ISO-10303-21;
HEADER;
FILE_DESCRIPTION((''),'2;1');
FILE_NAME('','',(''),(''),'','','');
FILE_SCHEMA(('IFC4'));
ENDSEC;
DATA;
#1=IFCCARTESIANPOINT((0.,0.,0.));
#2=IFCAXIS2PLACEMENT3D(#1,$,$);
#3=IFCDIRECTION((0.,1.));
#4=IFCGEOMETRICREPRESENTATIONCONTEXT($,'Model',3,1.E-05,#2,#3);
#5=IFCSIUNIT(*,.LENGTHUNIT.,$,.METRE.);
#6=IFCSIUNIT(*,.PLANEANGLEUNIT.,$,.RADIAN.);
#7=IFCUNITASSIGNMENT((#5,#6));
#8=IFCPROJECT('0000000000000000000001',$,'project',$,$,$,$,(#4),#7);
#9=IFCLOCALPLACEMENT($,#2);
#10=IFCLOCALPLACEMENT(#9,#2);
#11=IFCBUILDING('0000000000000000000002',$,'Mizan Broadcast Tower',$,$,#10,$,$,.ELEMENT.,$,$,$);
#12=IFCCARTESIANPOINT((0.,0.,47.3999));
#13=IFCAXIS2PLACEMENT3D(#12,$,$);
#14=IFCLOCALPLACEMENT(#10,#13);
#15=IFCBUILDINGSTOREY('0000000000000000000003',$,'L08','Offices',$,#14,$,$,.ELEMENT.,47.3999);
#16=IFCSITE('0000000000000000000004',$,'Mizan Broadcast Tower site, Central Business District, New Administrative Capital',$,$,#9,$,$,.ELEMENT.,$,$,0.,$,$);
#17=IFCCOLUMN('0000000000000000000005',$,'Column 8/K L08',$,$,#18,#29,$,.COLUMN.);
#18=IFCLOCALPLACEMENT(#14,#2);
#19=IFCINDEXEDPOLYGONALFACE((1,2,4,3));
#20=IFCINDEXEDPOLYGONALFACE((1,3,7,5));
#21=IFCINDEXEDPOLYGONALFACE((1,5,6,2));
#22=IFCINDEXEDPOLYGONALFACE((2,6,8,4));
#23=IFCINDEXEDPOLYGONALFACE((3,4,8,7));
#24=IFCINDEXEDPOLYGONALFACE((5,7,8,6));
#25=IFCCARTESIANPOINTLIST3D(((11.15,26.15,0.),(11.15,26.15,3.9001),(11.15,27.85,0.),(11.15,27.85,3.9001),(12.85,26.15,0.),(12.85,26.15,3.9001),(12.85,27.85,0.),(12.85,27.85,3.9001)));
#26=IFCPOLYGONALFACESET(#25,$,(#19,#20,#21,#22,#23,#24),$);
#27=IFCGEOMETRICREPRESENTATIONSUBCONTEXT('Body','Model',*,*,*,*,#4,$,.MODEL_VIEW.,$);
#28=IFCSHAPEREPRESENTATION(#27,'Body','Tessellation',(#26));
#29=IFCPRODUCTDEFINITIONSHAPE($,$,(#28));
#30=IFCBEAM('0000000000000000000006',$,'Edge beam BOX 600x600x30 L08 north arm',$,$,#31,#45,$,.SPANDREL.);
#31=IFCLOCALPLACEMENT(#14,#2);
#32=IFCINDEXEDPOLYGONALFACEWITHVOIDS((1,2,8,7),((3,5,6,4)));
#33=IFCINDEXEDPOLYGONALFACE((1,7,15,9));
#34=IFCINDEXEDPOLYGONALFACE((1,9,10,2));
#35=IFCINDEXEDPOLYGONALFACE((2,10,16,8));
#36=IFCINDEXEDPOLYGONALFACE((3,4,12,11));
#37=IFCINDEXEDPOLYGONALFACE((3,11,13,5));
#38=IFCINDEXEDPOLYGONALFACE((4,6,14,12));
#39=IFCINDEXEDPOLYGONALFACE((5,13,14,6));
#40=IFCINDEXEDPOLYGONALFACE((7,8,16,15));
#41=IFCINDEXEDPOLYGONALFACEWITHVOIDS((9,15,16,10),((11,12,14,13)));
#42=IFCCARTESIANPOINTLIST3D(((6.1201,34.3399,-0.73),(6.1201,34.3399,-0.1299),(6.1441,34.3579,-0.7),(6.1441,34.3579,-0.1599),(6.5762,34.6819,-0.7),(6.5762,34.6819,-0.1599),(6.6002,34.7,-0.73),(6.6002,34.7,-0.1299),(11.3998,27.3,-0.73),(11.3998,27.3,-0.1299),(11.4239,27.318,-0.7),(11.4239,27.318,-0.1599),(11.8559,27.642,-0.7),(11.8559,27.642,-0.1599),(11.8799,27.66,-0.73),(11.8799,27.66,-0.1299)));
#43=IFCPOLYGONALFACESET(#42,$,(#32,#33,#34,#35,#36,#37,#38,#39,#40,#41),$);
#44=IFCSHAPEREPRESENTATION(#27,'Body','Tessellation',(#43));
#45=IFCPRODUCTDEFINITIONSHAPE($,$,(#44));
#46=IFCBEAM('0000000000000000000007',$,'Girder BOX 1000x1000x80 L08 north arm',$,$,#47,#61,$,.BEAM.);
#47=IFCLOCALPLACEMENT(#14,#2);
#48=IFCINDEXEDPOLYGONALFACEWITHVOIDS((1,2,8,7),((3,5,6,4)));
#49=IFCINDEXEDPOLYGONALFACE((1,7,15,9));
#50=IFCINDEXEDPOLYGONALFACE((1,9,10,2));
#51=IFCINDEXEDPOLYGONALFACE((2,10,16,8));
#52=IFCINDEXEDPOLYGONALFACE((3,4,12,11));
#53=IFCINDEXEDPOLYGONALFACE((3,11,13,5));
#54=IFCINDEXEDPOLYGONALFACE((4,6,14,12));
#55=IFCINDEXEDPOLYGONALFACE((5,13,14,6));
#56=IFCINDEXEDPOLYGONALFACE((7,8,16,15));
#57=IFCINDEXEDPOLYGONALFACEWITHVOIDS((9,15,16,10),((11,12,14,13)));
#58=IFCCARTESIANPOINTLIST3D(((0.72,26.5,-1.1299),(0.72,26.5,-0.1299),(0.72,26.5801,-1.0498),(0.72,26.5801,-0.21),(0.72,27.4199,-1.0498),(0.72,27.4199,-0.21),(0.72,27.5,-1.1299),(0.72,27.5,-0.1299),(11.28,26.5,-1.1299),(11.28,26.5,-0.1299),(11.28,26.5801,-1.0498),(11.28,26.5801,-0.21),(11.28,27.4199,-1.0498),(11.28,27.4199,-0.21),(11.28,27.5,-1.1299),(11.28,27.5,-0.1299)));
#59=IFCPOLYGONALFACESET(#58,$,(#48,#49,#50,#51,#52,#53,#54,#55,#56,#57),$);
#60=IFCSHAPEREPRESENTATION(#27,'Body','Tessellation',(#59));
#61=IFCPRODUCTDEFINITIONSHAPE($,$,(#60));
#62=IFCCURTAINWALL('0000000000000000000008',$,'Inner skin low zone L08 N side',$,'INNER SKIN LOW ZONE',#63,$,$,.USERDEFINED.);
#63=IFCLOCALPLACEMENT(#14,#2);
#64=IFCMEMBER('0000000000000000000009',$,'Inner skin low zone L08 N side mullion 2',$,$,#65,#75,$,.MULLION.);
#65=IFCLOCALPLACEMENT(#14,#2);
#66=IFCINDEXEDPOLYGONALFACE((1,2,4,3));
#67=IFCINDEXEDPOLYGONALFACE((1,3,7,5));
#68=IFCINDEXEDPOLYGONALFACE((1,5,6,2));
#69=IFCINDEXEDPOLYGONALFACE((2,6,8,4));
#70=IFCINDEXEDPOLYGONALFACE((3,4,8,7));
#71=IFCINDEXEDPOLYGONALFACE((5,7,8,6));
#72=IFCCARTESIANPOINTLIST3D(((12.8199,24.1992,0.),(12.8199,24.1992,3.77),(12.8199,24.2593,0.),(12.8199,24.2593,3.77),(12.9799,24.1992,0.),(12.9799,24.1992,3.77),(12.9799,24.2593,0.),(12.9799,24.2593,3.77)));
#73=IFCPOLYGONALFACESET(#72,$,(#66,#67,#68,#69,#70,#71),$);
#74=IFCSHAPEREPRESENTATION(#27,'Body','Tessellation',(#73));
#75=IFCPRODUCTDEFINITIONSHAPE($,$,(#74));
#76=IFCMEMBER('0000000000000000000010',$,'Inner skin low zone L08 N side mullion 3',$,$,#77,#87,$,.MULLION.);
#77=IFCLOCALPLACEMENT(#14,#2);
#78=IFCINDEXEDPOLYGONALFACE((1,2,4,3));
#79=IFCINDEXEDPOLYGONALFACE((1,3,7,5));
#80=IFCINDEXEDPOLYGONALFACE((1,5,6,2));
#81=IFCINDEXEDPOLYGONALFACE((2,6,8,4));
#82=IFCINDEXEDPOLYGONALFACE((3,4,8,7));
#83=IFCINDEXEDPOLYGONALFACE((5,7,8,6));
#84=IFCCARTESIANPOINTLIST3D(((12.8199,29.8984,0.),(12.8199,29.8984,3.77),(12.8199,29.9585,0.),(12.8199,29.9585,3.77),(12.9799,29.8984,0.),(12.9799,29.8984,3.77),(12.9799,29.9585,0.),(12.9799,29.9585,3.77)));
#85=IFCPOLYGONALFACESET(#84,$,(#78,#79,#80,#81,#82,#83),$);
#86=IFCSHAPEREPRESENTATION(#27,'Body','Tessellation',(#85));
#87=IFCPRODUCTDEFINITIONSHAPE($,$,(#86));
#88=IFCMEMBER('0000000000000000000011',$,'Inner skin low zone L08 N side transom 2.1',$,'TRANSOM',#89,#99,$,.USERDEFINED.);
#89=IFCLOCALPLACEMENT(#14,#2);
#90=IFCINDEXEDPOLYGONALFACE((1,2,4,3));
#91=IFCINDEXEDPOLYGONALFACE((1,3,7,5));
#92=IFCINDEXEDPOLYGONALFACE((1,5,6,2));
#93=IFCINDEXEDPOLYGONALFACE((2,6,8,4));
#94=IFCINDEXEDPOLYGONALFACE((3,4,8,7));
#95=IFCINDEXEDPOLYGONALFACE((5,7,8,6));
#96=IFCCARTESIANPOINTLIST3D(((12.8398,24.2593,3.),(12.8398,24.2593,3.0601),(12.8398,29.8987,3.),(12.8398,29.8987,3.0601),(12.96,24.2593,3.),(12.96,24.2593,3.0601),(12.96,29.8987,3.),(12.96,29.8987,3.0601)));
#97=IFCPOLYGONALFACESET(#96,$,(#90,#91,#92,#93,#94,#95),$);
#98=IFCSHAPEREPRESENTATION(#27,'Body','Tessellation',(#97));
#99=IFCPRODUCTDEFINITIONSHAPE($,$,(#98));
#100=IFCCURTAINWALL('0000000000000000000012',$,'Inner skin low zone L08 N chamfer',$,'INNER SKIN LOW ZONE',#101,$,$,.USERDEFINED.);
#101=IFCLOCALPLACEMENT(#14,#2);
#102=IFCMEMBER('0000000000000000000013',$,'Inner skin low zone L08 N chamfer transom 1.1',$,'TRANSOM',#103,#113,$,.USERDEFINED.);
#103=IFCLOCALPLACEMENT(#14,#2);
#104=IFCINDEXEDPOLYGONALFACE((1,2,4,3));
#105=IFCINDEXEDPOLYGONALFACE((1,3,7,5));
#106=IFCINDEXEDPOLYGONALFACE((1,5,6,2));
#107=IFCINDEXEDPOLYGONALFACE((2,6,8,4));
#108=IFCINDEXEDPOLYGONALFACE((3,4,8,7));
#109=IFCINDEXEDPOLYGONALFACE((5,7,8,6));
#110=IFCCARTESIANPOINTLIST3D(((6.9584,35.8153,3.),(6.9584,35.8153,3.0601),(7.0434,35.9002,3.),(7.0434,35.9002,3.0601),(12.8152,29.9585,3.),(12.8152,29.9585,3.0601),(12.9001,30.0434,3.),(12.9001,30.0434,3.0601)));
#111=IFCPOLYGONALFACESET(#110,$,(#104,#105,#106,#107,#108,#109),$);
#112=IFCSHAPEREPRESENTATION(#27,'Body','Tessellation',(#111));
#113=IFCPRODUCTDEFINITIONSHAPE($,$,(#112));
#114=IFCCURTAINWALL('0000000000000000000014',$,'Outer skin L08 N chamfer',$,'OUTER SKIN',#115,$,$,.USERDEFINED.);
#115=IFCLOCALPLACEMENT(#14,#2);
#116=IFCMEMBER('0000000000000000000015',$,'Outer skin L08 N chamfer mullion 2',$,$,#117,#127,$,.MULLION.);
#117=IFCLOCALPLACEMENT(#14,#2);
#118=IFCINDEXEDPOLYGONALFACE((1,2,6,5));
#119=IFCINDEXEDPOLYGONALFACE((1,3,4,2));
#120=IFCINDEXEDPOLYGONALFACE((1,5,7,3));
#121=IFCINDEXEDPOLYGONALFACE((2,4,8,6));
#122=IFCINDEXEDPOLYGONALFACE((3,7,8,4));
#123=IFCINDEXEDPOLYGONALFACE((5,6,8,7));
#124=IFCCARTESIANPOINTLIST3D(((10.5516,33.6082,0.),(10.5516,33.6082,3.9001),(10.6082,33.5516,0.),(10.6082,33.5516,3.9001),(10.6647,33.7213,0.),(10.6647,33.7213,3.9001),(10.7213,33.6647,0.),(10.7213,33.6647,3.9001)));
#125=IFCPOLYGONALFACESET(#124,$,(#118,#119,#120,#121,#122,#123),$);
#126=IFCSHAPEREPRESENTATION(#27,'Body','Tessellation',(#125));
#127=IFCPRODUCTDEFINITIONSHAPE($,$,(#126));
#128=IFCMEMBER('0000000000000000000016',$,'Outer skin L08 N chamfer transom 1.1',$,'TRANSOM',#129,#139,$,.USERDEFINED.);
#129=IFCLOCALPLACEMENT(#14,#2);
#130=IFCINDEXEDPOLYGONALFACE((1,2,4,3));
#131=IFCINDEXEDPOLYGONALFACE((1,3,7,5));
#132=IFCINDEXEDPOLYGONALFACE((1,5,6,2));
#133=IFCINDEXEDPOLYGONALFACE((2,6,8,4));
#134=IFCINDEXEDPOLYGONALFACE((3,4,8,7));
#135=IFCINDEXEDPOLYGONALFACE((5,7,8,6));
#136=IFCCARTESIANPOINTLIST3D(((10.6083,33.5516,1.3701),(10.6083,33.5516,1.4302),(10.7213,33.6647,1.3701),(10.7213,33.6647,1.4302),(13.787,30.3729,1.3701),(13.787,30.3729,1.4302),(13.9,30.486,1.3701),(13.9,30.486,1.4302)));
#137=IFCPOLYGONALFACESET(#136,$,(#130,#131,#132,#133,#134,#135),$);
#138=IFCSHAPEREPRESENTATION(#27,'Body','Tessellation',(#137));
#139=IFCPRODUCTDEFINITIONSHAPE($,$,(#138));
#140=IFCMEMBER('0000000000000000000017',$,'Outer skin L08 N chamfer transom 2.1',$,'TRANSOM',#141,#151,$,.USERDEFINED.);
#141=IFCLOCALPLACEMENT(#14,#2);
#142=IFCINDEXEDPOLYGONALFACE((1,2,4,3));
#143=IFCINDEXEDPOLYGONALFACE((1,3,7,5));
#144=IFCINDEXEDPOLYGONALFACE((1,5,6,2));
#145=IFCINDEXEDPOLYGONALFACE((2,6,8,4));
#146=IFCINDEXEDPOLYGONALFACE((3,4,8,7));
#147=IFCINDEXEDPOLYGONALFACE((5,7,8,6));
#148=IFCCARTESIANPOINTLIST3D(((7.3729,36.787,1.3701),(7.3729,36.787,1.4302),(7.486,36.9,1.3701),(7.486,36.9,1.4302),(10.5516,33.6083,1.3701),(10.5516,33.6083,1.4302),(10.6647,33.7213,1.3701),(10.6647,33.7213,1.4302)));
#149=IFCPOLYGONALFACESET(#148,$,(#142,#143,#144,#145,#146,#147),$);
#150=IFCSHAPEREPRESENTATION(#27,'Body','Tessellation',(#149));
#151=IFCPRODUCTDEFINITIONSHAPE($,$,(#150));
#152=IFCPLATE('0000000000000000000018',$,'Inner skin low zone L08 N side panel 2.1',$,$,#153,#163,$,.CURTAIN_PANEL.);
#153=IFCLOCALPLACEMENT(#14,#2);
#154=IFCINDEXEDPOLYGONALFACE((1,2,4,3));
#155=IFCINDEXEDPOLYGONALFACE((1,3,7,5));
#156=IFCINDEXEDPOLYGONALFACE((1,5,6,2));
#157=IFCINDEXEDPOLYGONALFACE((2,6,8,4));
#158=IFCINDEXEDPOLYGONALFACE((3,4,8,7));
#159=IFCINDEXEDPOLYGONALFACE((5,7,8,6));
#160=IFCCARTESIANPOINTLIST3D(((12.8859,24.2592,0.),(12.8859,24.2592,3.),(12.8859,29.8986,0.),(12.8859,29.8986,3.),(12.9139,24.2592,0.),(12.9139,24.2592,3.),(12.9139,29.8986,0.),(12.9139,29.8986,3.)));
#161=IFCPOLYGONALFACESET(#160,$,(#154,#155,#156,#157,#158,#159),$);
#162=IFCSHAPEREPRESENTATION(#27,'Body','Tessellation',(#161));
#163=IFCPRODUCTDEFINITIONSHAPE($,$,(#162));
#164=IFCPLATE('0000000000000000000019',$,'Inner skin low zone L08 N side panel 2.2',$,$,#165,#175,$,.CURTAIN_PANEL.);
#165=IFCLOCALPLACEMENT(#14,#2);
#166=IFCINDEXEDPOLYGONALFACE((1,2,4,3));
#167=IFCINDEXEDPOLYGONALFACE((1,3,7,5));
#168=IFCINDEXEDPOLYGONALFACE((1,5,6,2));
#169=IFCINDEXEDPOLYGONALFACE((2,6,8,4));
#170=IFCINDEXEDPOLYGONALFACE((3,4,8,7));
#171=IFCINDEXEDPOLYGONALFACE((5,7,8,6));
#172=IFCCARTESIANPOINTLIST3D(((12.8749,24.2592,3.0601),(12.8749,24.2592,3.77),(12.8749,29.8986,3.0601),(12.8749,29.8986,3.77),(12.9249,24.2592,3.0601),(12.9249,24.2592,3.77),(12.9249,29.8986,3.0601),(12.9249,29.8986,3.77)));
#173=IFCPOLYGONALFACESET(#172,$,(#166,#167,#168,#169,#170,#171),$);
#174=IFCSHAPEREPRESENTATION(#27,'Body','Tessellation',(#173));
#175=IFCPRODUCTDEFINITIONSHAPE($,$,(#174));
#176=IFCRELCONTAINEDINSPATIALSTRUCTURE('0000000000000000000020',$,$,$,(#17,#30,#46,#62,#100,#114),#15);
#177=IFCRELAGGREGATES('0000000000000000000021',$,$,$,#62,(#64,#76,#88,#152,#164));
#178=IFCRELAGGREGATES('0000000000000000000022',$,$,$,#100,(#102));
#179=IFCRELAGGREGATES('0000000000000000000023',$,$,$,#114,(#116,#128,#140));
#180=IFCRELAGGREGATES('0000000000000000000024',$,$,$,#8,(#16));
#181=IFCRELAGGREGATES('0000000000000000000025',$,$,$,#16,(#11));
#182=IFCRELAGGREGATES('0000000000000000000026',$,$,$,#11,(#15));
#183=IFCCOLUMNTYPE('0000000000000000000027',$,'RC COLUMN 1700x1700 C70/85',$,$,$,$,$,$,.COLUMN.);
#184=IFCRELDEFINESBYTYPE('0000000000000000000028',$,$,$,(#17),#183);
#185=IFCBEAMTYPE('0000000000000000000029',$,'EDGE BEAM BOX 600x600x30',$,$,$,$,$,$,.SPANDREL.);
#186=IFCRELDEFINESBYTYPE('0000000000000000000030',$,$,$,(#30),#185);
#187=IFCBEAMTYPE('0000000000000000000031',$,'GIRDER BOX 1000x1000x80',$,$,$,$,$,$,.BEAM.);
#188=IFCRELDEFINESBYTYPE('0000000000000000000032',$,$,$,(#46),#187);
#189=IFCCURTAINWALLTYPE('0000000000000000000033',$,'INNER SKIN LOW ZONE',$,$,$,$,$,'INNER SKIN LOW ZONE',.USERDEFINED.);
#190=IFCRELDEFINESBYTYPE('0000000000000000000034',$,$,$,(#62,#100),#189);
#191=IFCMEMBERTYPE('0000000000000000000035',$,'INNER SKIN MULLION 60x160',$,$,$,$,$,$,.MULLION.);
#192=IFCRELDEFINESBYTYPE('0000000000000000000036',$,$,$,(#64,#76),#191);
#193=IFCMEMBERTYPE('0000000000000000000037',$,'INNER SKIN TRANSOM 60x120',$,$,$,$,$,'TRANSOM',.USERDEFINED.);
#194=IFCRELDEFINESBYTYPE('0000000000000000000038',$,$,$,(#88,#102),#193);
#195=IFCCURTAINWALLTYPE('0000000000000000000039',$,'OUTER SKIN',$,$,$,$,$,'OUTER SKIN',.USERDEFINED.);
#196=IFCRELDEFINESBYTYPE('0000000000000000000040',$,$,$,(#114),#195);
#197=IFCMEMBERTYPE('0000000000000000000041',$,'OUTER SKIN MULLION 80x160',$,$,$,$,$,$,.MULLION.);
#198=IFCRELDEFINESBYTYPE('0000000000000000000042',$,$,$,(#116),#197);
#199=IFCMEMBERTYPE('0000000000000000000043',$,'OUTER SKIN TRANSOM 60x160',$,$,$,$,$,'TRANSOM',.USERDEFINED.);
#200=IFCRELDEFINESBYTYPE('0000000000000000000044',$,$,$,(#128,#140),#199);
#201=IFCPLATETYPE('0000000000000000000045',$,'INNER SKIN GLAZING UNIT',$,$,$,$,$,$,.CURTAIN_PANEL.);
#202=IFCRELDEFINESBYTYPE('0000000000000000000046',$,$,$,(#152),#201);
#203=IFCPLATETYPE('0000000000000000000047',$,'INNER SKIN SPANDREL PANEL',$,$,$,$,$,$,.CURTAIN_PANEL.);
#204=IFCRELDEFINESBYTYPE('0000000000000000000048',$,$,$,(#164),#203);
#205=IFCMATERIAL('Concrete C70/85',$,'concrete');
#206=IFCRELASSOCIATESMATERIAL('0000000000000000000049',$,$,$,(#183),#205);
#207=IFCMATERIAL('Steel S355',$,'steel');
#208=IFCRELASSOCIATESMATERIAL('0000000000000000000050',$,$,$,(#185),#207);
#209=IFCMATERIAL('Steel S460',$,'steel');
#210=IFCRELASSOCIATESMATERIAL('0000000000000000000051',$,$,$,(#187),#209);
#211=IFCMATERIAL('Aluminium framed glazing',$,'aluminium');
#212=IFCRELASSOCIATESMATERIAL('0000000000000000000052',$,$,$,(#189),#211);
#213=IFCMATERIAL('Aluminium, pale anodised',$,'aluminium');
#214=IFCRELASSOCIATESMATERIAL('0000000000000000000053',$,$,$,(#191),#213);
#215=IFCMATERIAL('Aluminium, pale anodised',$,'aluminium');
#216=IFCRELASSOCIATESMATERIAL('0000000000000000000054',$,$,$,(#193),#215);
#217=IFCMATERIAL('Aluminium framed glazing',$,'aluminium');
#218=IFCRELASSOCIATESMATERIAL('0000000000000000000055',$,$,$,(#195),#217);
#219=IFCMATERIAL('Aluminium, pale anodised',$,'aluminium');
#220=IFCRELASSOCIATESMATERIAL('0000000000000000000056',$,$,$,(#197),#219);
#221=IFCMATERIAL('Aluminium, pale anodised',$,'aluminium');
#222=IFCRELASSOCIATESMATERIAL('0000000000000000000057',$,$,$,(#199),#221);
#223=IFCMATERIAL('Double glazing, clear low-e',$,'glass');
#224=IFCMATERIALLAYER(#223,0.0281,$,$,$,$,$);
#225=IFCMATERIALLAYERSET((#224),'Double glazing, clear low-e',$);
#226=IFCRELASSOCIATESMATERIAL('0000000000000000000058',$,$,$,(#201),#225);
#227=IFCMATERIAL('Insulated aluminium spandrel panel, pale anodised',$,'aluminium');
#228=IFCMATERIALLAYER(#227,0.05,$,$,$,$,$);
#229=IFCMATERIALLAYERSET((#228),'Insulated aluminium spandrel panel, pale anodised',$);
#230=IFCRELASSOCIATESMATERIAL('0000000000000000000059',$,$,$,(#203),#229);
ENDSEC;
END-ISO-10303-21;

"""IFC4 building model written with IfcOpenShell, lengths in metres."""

from ifc_helpers import new_model, si_unit, direction, frame, origin, origin_2d, place, context, subcontext, project, spatial, rectangle, hollow_rectangle, extrude, material, layer, layer_set, material_profile, profile_set, type_object, element, aggregate, save


model = new_model("IFC4")

# Units and contexts
model_context = context("Model", 3, precision=1e-05, world=origin(), true_north=direction((0.0, 1.0)))
body_context = subcontext(model_context, "Body", "Model", "MODEL_VIEW")
ifc_project = project(units=[si_unit("LENGTHUNIT", "METRE"), si_unit("PLANEANGLEUNIT", "RADIAN")], contexts=[model_context])

# Site, building, storey
site_placement = place(None, origin())
site = spatial("IfcSite", under=ifc_project, at=site_placement, Name="Mizan Broadcast Tower site, Central Business District, New Administrative Capital", CompositionType="ELEMENT", RefElevation=0.0)
building_placement = place(site_placement, origin())
building = spatial("IfcBuilding", under=site, at=building_placement, Name="Mizan Broadcast Tower", CompositionType="ELEMENT")
storey_placement = place(building_placement, frame((0.0, 0.0, 47.3999)))
storey = spatial("IfcBuildingStorey", under=building, at=storey_placement, Name="L08", Description="Offices", CompositionType="ELEMENT", Elevation=47.3999)

# Column
ifc_material_1 = material(Name="Concrete C70/85", Category="concrete")
ifc_material_profile_1 = material_profile(ifc_material_1, rectangle(XDim=1.7, YDim=1.7, at=origin_2d()), Name="RC 1700x1700")
ifc_profile_set_1 = profile_set([ifc_material_profile_1], Name="Concrete C70/85")
column_type = type_object("IfcColumnType", Name="RC COLUMN 1700x1700 C70/85", PredefinedType="COLUMN", material=ifc_profile_set_1)
column_placement = place(storey_placement, frame((12.0, 27.0, 0.0), z_axis=(0.0, 0.0, 1.0), x_axis=(1.0, 0.0, 0.0)))
element("IfcColumn", 1, at=column_placement, inside=storey, type_object=column_type, Name="Column 8/K L08", PredefinedType="COLUMN", context=body_context, shape_type="SweptSolid", body=[
    extrude(rectangle(XDim=1.7, YDim=1.7, at=origin_2d()), origin(), (0.0, 0.0, 1.0), 3.9001),
])

# Beams
ifc_material_2 = material(Name="Steel S355", Category="steel")
ifc_material_profile_2 = material_profile(ifc_material_2, hollow_rectangle(XDim=0.6001, YDim=0.6001, WallThickness=0.03, at=origin_2d()), Name="BOX 600x600x30")
ifc_profile_set_2 = profile_set([ifc_material_profile_2], Name="Steel S355")
beam_type_1 = type_object("IfcBeamType", Name="EDGE BEAM BOX 600x600x30", PredefinedType="SPANDREL", material=ifc_profile_set_2)
beam_1_placement = place(storey_placement, frame((11.6399, 27.48, -0.4299), z_axis=(-0.599982, 0.800013, 0.0), x_axis=(-0.800013, -0.599982, 0.0)))
element("IfcBeam", 2, at=beam_1_placement, inside=storey, type_object=beam_type_1, Name="Edge beam BOX 600x600x30 L08 north arm", PredefinedType="SPANDREL", context=body_context, shape_type="SweptSolid", body=[
    extrude(hollow_rectangle(XDim=0.6001, YDim=0.6001, WallThickness=0.03, at=origin_2d()), origin(), (0.0, 0.0, 1.0), 8.7998),
])
ifc_material_3 = material(Name="Steel S460", Category="steel")
ifc_material_profile_3 = material_profile(ifc_material_3, hollow_rectangle(XDim=1.0, YDim=1.0, WallThickness=0.0801, at=origin_2d()), Name="BOX 1000x1000x80")
ifc_profile_set_3 = profile_set([ifc_material_profile_3], Name="Steel S460")
beam_type_2 = type_object("IfcBeamType", Name="GIRDER BOX 1000x1000x80", PredefinedType="BEAM", material=ifc_profile_set_3)
beam_2_placement = place(storey_placement, frame((11.28, 27.0, -0.6299), z_axis=(-1.0, 0.0, 0.0), x_axis=(0.0, -1.0, 0.0)))
element("IfcBeam", 3, at=beam_2_placement, inside=storey, type_object=beam_type_2, Name="Girder BOX 1000x1000x80 L08 north arm", PredefinedType="BEAM", context=body_context, shape_type="SweptSolid", body=[
    extrude(hollow_rectangle(XDim=1.0, YDim=1.0, WallThickness=0.0801, at=origin_2d()), origin(), (0.0, 0.0, 1.0), 10.5601),
])

# Curtain wall, members
ifc_material_4 = material(Name="Aluminium framed glazing", Category="aluminium")
curtain_wall_type_1 = type_object("IfcCurtainWallType", Name="INNER SKIN LOW ZONE", ElementType="INNER SKIN LOW ZONE", PredefinedType="USERDEFINED", material=ifc_material_4)
curtain_wall_1_placement = place(storey_placement, origin())
curtain_wall_1 = element("IfcCurtainWall", 4, at=curtain_wall_1_placement, inside=storey, type_object=curtain_wall_type_1, Name="Inner skin low zone L08 N side", ObjectType="INNER SKIN LOW ZONE", PredefinedType="USERDEFINED")
ifc_material_5 = material(Name="Aluminium, pale anodised", Category="aluminium")
ifc_material_profile_4 = material_profile(ifc_material_5, rectangle(XDim=0.1599, YDim=0.0601, at=origin_2d()), Name="MULLION 160x60")
ifc_profile_set_4 = profile_set([ifc_material_profile_4], Name="Aluminium, pale anodised")
member_type_1 = type_object("IfcMemberType", Name="INNER SKIN MULLION 60x160", PredefinedType="MULLION", material=ifc_profile_set_4)
member_1_placement = place(storey_placement, frame((12.8999, 24.2292, 0.0), z_axis=(0.0, 0.0, 1.0), x_axis=(-1.0, 0.0, 0.0)))
member_1 = element("IfcMember", 5, at=member_1_placement, type_object=member_type_1, Name="Inner skin low zone L08 N side mullion 2", PredefinedType="MULLION", context=body_context, shape_type="SweptSolid", body=[
    extrude(rectangle(XDim=0.1599, YDim=0.0601, at=origin_2d()), origin(), (0.0, 0.0, 1.0), 3.77),
])
member_2_placement = place(storey_placement, frame((12.8999, 29.9285, 0.0), z_axis=(0.0, 0.0, 1.0), x_axis=(-1.0, 0.0, 0.0)))
member_2 = element("IfcMember", 6, at=member_2_placement, type_object=member_type_1, Name="Inner skin low zone L08 N side mullion 3", PredefinedType="MULLION", context=body_context, shape_type="SweptSolid", body=[
    extrude(rectangle(XDim=0.1599, YDim=0.0601, at=origin_2d()), origin(), (0.0, 0.0, 1.0), 3.77),
])
ifc_material_6 = material(Name="Aluminium, pale anodised", Category="aluminium")
ifc_material_profile_5 = material_profile(ifc_material_6, rectangle(XDim=0.1201, YDim=0.0601, at=origin_2d()), Name="TRANSOM 120x60")
ifc_profile_set_5 = profile_set([ifc_material_profile_5], Name="Aluminium, pale anodised")
member_type_2 = type_object("IfcMemberType", Name="INNER SKIN TRANSOM 60x120", ElementType="TRANSOM", PredefinedType="USERDEFINED", material=ifc_profile_set_5)
member_3_placement = place(storey_placement, frame((12.8999, 24.2593, 3.03), z_axis=(0.0, 1.0, 0.0), x_axis=(-1.0, 0.0, 0.0)))
member_3 = element("IfcMember", 7, at=member_3_placement, type_object=member_type_2, Name="Inner skin low zone L08 N side transom 2.1", ObjectType="TRANSOM", PredefinedType="USERDEFINED", context=body_context, shape_type="SweptSolid", body=[
    extrude(rectangle(XDim=0.1201, YDim=0.0601, at=origin_2d()), origin(), (0.0, 0.0, 1.0), 5.6394),
])

# Curtain wall, member
curtain_wall_2_placement = place(storey_placement, origin())
curtain_wall_2 = element("IfcCurtainWall", 8, at=curtain_wall_2_placement, inside=storey, type_object=curtain_wall_type_1, Name="Inner skin low zone L08 N chamfer", ObjectType="INNER SKIN LOW ZONE", PredefinedType="USERDEFINED")
member_4_placement = place(storey_placement, frame((12.8577, 30.001, 3.03), z_axis=(-0.707107, 0.707107, 0.0), x_axis=(-0.707107, -0.707107, 0.0)))
member_4 = element("IfcMember", 9, at=member_4_placement, type_object=member_type_2, Name="Inner skin low zone L08 N chamfer transom 1.1", ObjectType="TRANSOM", PredefinedType="USERDEFINED", context=body_context, shape_type="SweptSolid", body=[
    extrude(rectangle(XDim=0.1201, YDim=0.0601, at=origin_2d()), origin(), (0.0, 0.0, 1.0), 8.2827),
])

# Curtain wall, members
ifc_material_7 = material(Name="Aluminium framed glazing", Category="aluminium")
curtain_wall_type_2 = type_object("IfcCurtainWallType", Name="OUTER SKIN", ElementType="OUTER SKIN", PredefinedType="USERDEFINED", material=ifc_material_7)
curtain_wall_3_placement = place(storey_placement, origin())
curtain_wall_3 = element("IfcCurtainWall", 10, at=curtain_wall_3_placement, inside=storey, type_object=curtain_wall_type_2, Name="Outer skin L08 N chamfer", ObjectType="OUTER SKIN", PredefinedType="USERDEFINED")
ifc_material_8 = material(Name="Aluminium, pale anodised", Category="aluminium")
ifc_material_profile_6 = material_profile(ifc_material_8, rectangle(XDim=0.1599, YDim=0.0801, at=origin_2d()), Name="MULLION 160x80")
ifc_profile_set_6 = profile_set([ifc_material_profile_6], Name="Aluminium, pale anodised")
member_type_3 = type_object("IfcMemberType", Name="OUTER SKIN MULLION 80x160", PredefinedType="MULLION", material=ifc_profile_set_6)
member_5_placement = place(storey_placement, frame((10.6365, 33.6365, 0.0), z_axis=(0.0, 0.0, 1.0), x_axis=(-0.707107, -0.707107, 0.0)))
member_5 = element("IfcMember", 11, at=member_5_placement, type_object=member_type_3, Name="Outer skin L08 N chamfer mullion 2", PredefinedType="MULLION", context=body_context, shape_type="SweptSolid", body=[
    extrude(rectangle(XDim=0.1599, YDim=0.0801, at=origin_2d()), origin(), (0.0, 0.0, 1.0), 3.9001),
])
ifc_material_9 = material(Name="Aluminium, pale anodised", Category="aluminium")
ifc_material_profile_7 = material_profile(ifc_material_9, rectangle(XDim=0.1599, YDim=0.0601, at=origin_2d()), Name="TRANSOM 160x60")
ifc_profile_set_7 = profile_set([ifc_material_profile_7], Name="Aluminium, pale anodised")
member_type_4 = type_object("IfcMemberType", Name="OUTER SKIN TRANSOM 60x160", ElementType="TRANSOM", PredefinedType="USERDEFINED", material=ifc_profile_set_7)
member_6_placement = place(storey_placement, frame((13.8435, 30.4294, 1.4001), z_axis=(-0.707107, 0.707107, 0.0), x_axis=(-0.707107, -0.707107, 0.0)))
member_6 = element("IfcMember", 12, at=member_6_placement, type_object=member_type_4, Name="Outer skin L08 N chamfer transom 1.1", ObjectType="TRANSOM", PredefinedType="USERDEFINED", context=body_context, shape_type="SweptSolid", body=[
    extrude(rectangle(XDim=0.1599, YDim=0.0601, at=origin_2d()), origin(), (0.0, 0.0, 1.0), 4.4954),
])
member_7_placement = place(storey_placement, frame((10.6082, 33.6648, 1.4001), z_axis=(-0.707107, 0.707107, 0.0), x_axis=(-0.707107, -0.707107, 0.0)))
member_7 = element("IfcMember", 13, at=member_7_placement, type_object=member_type_4, Name="Outer skin L08 N chamfer transom 2.1", ObjectType="TRANSOM", PredefinedType="USERDEFINED", context=body_context, shape_type="SweptSolid", body=[
    extrude(rectangle(XDim=0.1599, YDim=0.0601, at=origin_2d()), origin(), (0.0, 0.0, 1.0), 4.4954),
])

# Plates
ifc_material_10 = material(Name="Double glazing, clear low-e", Category="glass")
ifc_layer_1 = layer(ifc_material_10, 0.0281)
ifc_layer_set_1 = layer_set([ifc_layer_1], Name="Double glazing, clear low-e")
plate_type_1 = type_object("IfcPlateType", Name="INNER SKIN GLAZING UNIT", PredefinedType="CURTAIN_PANEL", material=ifc_layer_set_1)
plate_1_placement = place(storey_placement, frame((12.8999, 27.0789, 0.0), z_axis=(0.0, 0.0, 1.0), x_axis=(0.0, 1.0, 0.0)))
plate_1 = element("IfcPlate", 14, at=plate_1_placement, type_object=plate_type_1, Name="Inner skin low zone L08 N side panel 2.1", PredefinedType="CURTAIN_PANEL", context=body_context, shape_type="SweptSolid", body=[
    extrude(rectangle(XDim=5.6394, YDim=0.0281, at=origin_2d()), origin(), (0.0, 0.0, 1.0), 3.0),
])
ifc_material_11 = material(Name="Insulated aluminium spandrel panel, pale anodised", Category="aluminium")
ifc_layer_2 = layer(ifc_material_11, 0.05)
ifc_layer_set_2 = layer_set([ifc_layer_2], Name="Insulated aluminium spandrel panel, pale anodised")
plate_type_2 = type_object("IfcPlateType", Name="INNER SKIN SPANDREL PANEL", PredefinedType="CURTAIN_PANEL", material=ifc_layer_set_2)
plate_2_placement = place(storey_placement, frame((12.8999, 27.0789, 3.0601), z_axis=(0.0, 0.0, 1.0), x_axis=(0.0, 1.0, 0.0)))
plate_2 = element("IfcPlate", 15, at=plate_2_placement, type_object=plate_type_2, Name="Inner skin low zone L08 N side panel 2.2", PredefinedType="CURTAIN_PANEL", context=body_context, shape_type="SweptSolid", body=[
    extrude(rectangle(XDim=5.6394, YDim=0.05, at=origin_2d()), origin(), (0.0, 0.0, 1.0), 0.71),
])
aggregate(curtain_wall_1, [member_1, member_2, member_3, plate_1, plate_2])
aggregate(curtain_wall_2, [member_4])
aggregate(curtain_wall_3, [member_5, member_6, member_7])

save(model, "model.ifc")
